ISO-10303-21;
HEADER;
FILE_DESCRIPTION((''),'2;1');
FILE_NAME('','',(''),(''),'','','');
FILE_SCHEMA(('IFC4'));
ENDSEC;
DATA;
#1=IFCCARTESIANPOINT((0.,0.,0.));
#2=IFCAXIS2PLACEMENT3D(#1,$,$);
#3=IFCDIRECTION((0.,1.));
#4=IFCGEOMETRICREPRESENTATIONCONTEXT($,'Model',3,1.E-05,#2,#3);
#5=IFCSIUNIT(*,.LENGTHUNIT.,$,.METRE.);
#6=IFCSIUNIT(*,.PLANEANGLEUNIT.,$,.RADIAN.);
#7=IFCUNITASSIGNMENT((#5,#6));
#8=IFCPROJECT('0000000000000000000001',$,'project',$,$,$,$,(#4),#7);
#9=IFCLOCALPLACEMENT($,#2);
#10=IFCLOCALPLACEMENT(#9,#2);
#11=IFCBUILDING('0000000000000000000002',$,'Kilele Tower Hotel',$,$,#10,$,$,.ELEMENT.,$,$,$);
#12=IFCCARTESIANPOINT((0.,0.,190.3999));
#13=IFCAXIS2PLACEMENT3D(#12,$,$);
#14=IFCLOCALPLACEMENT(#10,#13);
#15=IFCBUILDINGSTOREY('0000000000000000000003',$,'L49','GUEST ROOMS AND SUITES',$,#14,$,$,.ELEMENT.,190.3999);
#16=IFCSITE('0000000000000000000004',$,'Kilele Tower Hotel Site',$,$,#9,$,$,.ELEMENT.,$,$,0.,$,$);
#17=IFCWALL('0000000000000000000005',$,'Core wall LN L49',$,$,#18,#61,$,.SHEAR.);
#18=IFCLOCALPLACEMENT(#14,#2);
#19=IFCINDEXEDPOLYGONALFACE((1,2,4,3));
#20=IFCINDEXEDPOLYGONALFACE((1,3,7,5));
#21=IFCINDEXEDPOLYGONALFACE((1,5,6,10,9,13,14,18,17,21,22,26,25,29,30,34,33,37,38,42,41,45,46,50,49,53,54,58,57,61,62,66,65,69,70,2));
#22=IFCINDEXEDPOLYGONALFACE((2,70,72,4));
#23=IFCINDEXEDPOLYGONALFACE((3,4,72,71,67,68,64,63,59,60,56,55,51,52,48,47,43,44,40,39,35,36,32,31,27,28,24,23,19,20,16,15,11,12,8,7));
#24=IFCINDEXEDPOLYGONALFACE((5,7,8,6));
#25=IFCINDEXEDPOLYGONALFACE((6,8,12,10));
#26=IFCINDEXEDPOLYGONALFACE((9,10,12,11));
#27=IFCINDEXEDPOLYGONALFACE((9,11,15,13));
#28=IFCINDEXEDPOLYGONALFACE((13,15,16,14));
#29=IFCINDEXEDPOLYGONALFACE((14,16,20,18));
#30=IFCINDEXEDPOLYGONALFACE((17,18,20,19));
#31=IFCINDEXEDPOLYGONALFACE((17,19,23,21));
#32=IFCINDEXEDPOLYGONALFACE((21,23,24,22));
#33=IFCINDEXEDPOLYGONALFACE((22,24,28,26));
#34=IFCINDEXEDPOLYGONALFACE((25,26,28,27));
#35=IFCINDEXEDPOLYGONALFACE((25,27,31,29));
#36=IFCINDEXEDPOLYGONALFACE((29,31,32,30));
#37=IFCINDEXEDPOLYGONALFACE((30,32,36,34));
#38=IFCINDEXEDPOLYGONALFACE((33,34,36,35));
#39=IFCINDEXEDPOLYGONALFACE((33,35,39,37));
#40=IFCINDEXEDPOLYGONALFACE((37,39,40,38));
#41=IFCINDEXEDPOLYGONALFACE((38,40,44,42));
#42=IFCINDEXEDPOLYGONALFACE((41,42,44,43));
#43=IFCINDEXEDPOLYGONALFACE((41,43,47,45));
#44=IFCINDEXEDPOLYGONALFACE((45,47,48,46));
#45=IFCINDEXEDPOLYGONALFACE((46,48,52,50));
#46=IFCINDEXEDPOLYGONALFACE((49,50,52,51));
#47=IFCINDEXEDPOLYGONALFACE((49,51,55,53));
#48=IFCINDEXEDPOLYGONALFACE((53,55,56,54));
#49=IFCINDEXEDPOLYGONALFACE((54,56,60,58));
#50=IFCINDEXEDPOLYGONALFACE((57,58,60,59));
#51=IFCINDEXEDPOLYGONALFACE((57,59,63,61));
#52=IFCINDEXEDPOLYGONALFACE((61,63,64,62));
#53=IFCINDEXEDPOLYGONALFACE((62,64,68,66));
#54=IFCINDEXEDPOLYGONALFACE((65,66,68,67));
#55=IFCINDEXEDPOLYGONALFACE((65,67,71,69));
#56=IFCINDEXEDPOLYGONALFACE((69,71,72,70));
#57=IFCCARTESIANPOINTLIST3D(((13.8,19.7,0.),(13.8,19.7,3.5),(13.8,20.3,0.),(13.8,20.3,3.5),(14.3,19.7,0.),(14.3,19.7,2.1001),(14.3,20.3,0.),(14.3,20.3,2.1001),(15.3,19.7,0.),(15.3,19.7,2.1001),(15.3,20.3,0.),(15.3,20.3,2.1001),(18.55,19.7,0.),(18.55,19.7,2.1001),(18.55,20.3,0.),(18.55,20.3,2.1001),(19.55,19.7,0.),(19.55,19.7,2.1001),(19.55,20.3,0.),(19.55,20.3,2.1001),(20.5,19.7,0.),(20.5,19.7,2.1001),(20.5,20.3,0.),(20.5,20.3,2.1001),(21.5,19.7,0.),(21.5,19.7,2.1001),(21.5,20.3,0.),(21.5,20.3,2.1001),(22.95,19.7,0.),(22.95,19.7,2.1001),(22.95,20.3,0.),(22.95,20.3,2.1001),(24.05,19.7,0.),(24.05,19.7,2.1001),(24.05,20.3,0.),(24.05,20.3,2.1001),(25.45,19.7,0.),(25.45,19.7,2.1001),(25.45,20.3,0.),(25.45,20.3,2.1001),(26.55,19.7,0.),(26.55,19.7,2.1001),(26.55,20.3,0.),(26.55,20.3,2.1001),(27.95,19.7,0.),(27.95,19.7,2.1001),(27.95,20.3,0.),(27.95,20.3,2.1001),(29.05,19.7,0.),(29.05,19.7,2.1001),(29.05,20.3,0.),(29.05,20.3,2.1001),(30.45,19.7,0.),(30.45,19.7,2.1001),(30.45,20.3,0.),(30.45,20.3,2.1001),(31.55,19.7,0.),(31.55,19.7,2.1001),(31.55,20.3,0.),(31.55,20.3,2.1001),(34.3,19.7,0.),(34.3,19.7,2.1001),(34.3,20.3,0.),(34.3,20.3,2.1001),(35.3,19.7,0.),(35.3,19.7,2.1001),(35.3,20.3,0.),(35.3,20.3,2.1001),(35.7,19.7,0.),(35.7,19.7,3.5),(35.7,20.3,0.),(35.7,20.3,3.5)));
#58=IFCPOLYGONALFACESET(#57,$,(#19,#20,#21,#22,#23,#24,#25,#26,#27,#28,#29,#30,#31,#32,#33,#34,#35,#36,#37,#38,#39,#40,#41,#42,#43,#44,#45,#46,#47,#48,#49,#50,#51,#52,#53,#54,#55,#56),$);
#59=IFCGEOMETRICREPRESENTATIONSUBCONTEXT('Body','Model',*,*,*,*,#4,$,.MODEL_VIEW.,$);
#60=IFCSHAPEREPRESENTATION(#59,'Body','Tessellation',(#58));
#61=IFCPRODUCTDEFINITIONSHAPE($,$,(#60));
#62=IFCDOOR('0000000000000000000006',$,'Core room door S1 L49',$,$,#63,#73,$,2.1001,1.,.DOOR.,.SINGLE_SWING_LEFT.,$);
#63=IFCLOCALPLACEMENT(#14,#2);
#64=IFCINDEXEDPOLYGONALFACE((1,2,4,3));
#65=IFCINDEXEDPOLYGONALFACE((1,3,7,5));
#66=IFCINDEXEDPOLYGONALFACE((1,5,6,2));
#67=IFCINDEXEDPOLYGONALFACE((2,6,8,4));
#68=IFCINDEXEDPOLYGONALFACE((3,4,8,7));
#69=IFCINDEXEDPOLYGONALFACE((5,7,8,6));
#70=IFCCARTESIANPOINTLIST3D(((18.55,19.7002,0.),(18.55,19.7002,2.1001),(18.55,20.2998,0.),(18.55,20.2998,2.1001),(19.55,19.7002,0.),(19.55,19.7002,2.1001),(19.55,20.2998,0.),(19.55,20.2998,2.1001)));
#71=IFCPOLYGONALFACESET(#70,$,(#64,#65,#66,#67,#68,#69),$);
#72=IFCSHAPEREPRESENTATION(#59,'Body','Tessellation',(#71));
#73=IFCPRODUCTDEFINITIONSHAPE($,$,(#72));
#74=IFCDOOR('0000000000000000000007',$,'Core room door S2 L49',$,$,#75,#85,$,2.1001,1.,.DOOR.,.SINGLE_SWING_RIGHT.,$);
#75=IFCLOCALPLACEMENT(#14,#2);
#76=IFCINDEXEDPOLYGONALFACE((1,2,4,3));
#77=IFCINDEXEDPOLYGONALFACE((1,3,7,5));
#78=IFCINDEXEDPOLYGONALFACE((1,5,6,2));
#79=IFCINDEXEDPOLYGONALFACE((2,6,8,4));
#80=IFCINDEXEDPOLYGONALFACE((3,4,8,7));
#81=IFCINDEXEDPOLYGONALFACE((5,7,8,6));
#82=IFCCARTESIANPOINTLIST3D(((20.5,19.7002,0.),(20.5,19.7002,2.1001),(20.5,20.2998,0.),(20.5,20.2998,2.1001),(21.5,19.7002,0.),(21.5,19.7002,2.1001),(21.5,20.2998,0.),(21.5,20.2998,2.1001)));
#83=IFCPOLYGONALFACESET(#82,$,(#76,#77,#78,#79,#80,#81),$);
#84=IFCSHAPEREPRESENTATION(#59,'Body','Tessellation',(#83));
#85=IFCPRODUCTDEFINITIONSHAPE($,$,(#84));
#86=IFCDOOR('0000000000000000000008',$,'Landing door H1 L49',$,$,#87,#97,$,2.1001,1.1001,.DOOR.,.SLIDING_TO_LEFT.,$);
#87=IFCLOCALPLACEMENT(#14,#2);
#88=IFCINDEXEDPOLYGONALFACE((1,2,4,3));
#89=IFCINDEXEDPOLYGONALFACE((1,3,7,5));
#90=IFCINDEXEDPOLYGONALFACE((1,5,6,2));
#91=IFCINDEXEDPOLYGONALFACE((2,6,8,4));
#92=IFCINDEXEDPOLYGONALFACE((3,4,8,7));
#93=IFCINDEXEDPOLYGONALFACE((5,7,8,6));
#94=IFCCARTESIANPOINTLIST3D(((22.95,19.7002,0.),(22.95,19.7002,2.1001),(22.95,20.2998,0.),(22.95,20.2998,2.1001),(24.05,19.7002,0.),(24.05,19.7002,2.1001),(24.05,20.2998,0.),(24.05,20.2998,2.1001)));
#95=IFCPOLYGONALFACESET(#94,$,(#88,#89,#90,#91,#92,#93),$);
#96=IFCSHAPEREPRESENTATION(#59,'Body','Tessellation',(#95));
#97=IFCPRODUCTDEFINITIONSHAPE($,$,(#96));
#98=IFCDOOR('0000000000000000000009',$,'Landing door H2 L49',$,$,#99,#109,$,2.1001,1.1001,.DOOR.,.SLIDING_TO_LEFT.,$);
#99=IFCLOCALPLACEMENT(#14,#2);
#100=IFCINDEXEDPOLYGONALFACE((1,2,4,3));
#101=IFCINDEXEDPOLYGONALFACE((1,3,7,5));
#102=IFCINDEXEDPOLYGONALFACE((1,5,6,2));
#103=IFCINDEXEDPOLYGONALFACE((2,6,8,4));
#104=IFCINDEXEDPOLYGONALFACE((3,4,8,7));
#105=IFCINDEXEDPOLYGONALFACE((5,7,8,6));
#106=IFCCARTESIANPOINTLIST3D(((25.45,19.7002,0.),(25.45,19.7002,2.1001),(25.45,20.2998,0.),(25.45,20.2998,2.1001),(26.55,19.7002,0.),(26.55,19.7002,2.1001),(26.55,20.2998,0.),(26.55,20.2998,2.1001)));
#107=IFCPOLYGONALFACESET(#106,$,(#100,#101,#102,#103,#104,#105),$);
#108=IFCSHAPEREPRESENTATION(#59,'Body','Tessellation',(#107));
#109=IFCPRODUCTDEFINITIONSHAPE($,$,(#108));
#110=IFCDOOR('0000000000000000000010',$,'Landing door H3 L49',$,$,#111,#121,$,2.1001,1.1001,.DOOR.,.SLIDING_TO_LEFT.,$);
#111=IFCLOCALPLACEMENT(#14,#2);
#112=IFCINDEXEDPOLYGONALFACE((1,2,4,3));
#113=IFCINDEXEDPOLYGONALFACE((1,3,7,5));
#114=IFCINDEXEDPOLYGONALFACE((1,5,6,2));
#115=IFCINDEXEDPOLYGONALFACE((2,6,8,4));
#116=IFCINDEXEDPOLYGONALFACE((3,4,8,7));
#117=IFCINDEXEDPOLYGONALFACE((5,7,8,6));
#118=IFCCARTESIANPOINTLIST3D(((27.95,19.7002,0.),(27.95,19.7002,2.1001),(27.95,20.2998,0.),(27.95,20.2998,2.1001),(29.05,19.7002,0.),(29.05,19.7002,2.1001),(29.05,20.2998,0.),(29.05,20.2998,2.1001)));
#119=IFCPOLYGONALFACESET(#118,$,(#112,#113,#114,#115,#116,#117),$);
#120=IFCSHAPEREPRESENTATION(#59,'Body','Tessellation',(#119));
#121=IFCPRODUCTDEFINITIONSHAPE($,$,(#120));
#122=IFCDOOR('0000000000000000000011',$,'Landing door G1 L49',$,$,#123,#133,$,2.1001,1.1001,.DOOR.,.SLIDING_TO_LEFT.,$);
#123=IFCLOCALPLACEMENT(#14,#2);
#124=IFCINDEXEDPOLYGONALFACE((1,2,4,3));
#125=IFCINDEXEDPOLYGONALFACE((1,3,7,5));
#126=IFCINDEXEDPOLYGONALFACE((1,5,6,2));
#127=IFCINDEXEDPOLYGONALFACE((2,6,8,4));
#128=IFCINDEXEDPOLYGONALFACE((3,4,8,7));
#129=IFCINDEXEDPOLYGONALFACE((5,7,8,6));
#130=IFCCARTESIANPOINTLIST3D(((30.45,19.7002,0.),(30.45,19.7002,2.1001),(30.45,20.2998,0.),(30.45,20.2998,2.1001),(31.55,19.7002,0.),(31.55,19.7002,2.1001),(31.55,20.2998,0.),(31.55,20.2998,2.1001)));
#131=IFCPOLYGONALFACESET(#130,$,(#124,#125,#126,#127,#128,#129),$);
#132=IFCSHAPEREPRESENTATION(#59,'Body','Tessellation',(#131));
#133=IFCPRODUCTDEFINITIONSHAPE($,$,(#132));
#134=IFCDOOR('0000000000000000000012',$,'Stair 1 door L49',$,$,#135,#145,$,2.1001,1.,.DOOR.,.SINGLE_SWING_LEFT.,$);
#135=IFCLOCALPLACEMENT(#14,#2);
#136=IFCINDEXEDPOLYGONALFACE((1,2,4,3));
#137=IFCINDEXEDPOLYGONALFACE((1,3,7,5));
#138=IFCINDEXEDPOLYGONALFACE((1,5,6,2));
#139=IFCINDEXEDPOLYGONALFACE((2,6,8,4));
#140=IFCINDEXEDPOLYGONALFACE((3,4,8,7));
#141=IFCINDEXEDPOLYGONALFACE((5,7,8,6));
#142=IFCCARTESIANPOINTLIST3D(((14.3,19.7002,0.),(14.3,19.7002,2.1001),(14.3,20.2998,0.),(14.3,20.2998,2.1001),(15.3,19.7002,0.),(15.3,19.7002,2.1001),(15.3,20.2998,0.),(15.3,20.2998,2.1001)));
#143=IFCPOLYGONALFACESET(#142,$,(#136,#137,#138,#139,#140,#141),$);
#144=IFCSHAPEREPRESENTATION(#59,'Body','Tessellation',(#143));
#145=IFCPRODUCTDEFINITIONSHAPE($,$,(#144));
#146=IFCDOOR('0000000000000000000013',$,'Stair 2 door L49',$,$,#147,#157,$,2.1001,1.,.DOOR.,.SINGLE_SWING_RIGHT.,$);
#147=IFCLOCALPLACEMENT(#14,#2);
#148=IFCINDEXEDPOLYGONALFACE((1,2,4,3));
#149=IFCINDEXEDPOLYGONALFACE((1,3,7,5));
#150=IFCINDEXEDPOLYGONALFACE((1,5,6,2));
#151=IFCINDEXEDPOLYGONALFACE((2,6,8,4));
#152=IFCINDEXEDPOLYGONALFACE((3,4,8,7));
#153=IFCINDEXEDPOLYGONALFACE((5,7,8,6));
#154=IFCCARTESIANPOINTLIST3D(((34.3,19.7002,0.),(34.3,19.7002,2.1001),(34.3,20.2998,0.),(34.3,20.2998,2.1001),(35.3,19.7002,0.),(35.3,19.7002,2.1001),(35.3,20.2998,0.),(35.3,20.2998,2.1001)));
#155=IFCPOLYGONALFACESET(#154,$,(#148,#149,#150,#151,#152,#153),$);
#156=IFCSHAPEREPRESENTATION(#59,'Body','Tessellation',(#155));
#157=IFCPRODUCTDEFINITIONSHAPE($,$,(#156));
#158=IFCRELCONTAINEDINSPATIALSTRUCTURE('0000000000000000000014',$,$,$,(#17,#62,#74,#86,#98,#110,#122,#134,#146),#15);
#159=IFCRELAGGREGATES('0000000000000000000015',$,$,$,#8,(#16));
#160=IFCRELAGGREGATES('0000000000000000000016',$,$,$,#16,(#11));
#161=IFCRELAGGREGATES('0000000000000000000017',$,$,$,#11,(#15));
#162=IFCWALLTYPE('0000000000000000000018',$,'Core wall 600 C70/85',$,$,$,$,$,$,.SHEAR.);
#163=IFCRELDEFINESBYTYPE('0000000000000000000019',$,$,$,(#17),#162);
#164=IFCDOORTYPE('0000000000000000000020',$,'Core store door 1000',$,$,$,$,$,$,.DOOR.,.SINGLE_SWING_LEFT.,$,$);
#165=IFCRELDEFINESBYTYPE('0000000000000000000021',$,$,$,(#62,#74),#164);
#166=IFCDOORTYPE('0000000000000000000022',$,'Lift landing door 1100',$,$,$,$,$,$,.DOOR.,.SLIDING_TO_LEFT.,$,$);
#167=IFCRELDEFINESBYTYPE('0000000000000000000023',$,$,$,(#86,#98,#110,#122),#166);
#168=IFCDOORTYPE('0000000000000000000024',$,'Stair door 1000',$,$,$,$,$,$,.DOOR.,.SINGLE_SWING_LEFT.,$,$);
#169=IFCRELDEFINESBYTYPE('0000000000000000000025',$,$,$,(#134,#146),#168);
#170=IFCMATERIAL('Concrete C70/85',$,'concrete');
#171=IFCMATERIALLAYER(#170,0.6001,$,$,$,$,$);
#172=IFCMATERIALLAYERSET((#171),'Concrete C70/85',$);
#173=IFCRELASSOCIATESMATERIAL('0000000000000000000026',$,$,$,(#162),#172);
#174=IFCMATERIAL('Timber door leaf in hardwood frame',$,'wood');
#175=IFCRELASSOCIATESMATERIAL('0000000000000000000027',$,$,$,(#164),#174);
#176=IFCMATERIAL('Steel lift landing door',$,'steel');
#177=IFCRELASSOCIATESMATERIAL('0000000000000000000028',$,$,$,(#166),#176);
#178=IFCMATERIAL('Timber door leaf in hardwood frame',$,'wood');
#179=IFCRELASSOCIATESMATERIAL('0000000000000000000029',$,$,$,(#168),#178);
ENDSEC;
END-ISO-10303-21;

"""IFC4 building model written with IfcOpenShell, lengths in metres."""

from ifc_helpers import new_model, si_unit, direction, frame, frame_2d, origin, place, context, subcontext, project, spatial, rectangle, extrude, material, layer, layer_set, type_object, element, fill, save


model = new_model("IFC4")

# Units and contexts
model_context = context("Model", 3, precision=1e-05, world=origin(), true_north=direction((0.0, 1.0)))
body_context = subcontext(model_context, "Body", "Model", "MODEL_VIEW")
ifc_project = project(units=[si_unit("LENGTHUNIT", "METRE"), si_unit("PLANEANGLEUNIT", "RADIAN")], contexts=[model_context])

# Site, building, storey
site_placement = place(None, origin())
site = spatial("IfcSite", under=ifc_project, at=site_placement, Name="Kilele Tower Hotel Site", CompositionType="ELEMENT", RefElevation=0.0)
building_placement = place(site_placement, origin())
building = spatial("IfcBuilding", under=site, at=building_placement, Name="Kilele Tower Hotel", CompositionType="ELEMENT")
storey_placement = place(building_placement, frame((0.0, 0.0, 190.3999)))
storey = spatial("IfcBuildingStorey", under=building, at=storey_placement, Name="L49", Description="GUEST ROOMS AND SUITES", CompositionType="ELEMENT", Elevation=190.3999)

# Wall, openings, doors
ifc_material_1 = material(Name="Concrete C70/85", Category="concrete")
ifc_layer = layer(ifc_material_1, 0.6001)
ifc_layer_set = layer_set([ifc_layer], Name="Concrete C70/85")
wall_type = type_object("IfcWallType", Name="Core wall 600 C70/85", PredefinedType="SHEAR", material=ifc_layer_set)
ifc_material_2 = material(Name="Timber door leaf in hardwood frame", Category="wood")
door_type_1 = type_object("IfcDoorType", Name="Core store door 1000", OperationType="SINGLE_SWING_LEFT", PredefinedType="DOOR", material=ifc_material_2)
wall_1_placement = place(storey_placement, frame((13.8, 20.0, 0.0), z_axis=(0.0, 0.0, 1.0), x_axis=(1.0, 0.0, 0.0)))
wall_1 = element("IfcWall", 1, at=wall_1_placement, inside=storey, type_object=wall_type, Name="Core wall LN L49", PredefinedType="SHEAR", context=body_context, shape_type="SweptSolid", body=[
    extrude(rectangle(XDim=21.8999, YDim=0.6001, at=frame_2d((10.95, 0.0))), origin(), (0.0, 0.0, 1.0), 3.5),
])
opening_1_placement = place(wall_1_placement, frame((0.5, 0.0, 0.0)))
opening_1 = element("IfcOpeningElement", 2, at=opening_1_placement, cuts=wall_1, PredefinedType="OPENING", context=body_context, shape_type="SweptSolid", body=[
    extrude(rectangle(XDim=1.0, YDim=2.1001, at=frame_2d((0.5, 1.05))), frame((0.0, 0.3101, 0.0), z_axis=(0.0, -1.0, 0.0), x_axis=(1.0, 0.0, 0.0)), (0.0, 0.0, 1.0), 0.6201),
])
opening_2_placement = place(wall_1_placement, frame((20.5, 0.0, 0.0)))
opening_2 = element("IfcOpeningElement", 3, at=opening_2_placement, cuts=wall_1, PredefinedType="OPENING", context=body_context, shape_type="SweptSolid", body=[
    extrude(rectangle(XDim=1.0, YDim=2.1001, at=frame_2d((0.5, 1.05))), frame((0.0, 0.3101, 0.0), z_axis=(0.0, -1.0, 0.0), x_axis=(1.0, 0.0, 0.0)), (0.0, 0.0, 1.0), 0.6201),
])
opening_3_placement = place(wall_1_placement, frame((9.1499, 0.0, 0.0)))
opening_3 = element("IfcOpeningElement", 4, at=opening_3_placement, cuts=wall_1, PredefinedType="OPENING", context=body_context, shape_type="SweptSolid", body=[
    extrude(rectangle(XDim=1.1001, YDim=2.1001, at=frame_2d((0.55, 1.05))), frame((0.0, 0.3101, 0.0), z_axis=(0.0, -1.0, 0.0), x_axis=(1.0, 0.0, 0.0)), (0.0, 0.0, 1.0), 0.6201),
])
opening_4_placement = place(wall_1_placement, frame((11.6499, 0.0, 0.0)))
opening_4 = element("IfcOpeningElement", 5, at=opening_4_placement, cuts=wall_1, PredefinedType="OPENING", context=body_context, shape_type="SweptSolid", body=[
    extrude(rectangle(XDim=1.1001, YDim=2.1001, at=frame_2d((0.55, 1.05))), frame((0.0, 0.3101, 0.0), z_axis=(0.0, -1.0, 0.0), x_axis=(1.0, 0.0, 0.0)), (0.0, 0.0, 1.0), 0.6201),
])
opening_5_placement = place(wall_1_placement, frame((14.1499, 0.0, 0.0)))
opening_5 = element("IfcOpeningElement", 6, at=opening_5_placement, cuts=wall_1, PredefinedType="OPENING", context=body_context, shape_type="SweptSolid", body=[
    extrude(rectangle(XDim=1.1001, YDim=2.1001, at=frame_2d((0.55, 1.05))), frame((0.0, 0.3101, 0.0), z_axis=(0.0, -1.0, 0.0), x_axis=(1.0, 0.0, 0.0)), (0.0, 0.0, 1.0), 0.6201),
])
opening_6_placement = place(wall_1_placement, frame((16.6499, 0.0, 0.0)))
opening_6 = element("IfcOpeningElement", 7, at=opening_6_placement, cuts=wall_1, PredefinedType="OPENING", context=body_context, shape_type="SweptSolid", body=[
    extrude(rectangle(XDim=1.1001, YDim=2.1001, at=frame_2d((0.55, 1.05))), frame((0.0, 0.3101, 0.0), z_axis=(0.0, -1.0, 0.0), x_axis=(1.0, 0.0, 0.0)), (0.0, 0.0, 1.0), 0.6201),
])
opening_7_placement = place(wall_1_placement, frame((4.75, 0.0, 0.0)))
opening_7 = element("IfcOpeningElement", 8, at=opening_7_placement, cuts=wall_1, PredefinedType="OPENING", context=body_context, shape_type="SweptSolid", body=[
    extrude(rectangle(XDim=1.0, YDim=2.1001, at=frame_2d((0.5, 1.05))), frame((0.0, 0.3101, 0.0), z_axis=(0.0, -1.0, 0.0), x_axis=(1.0, 0.0, 0.0)), (0.0, 0.0, 1.0), 0.6201),
])
opening_8_placement = place(wall_1_placement, frame((6.7, 0.0, 0.0)))
opening_8 = element("IfcOpeningElement", 9, at=opening_8_placement, cuts=wall_1, PredefinedType="OPENING", context=body_context, shape_type="SweptSolid", body=[
    extrude(rectangle(XDim=1.0, YDim=2.1001, at=frame_2d((0.5, 1.05))), frame((0.0, 0.3101, 0.0), z_axis=(0.0, -1.0, 0.0), x_axis=(1.0, 0.0, 0.0)), (0.0, 0.0, 1.0), 0.6201),
])
door_1_placement = place(opening_7_placement, origin())
door_1 = element("IfcDoor", 10, at=door_1_placement, inside=storey, type_object=door_type_1, Name="Core room door S1 L49", OperationType="SINGLE_SWING_LEFT", OverallHeight=2.1001, OverallWidth=1.0, PredefinedType="DOOR", context=body_context, shape_type="SweptSolid", body=[
    extrude(rectangle(XDim=1.0, YDim=2.1001, at=frame_2d((0.5, 1.05))), frame((0.0, 0.2998, 0.0), z_axis=(0.0, -1.0, 0.0), x_axis=(1.0, 0.0, 0.0)), (0.0, 0.0, 1.0), 0.5996),
])
fill(opening_7, door_1)
door_2_placement = place(opening_8_placement, origin())
door_2 = element("IfcDoor", 11, at=door_2_placement, inside=storey, type_object=door_type_1, Name="Core room door S2 L49", OperationType="SINGLE_SWING_RIGHT", OverallHeight=2.1001, OverallWidth=1.0, PredefinedType="DOOR", context=body_context, shape_type="SweptSolid", body=[
    extrude(rectangle(XDim=1.0, YDim=2.1001, at=frame_2d((0.5, 1.05))), frame((0.0, 0.2998, 0.0), z_axis=(0.0, -1.0, 0.0), x_axis=(1.0, 0.0, 0.0)), (0.0, 0.0, 1.0), 0.5996),
])
fill(opening_8, door_2)
ifc_material_3 = material(Name="Steel lift landing door", Category="steel")
door_type_2 = type_object("IfcDoorType", Name="Lift landing door 1100", OperationType="SLIDING_TO_LEFT", PredefinedType="DOOR", material=ifc_material_3)
door_3_placement = place(opening_3_placement, origin())
door_3 = element("IfcDoor", 12, at=door_3_placement, inside=storey, type_object=door_type_2, Name="Landing door H1 L49", OperationType="SLIDING_TO_LEFT", OverallHeight=2.1001, OverallWidth=1.1001, PredefinedType="DOOR", context=body_context, shape_type="SweptSolid", body=[
    extrude(rectangle(XDim=1.1001, YDim=2.1001, at=frame_2d((0.55, 1.05))), frame((0.0, 0.2998, 0.0), z_axis=(0.0, -1.0, 0.0), x_axis=(1.0, 0.0, 0.0)), (0.0, 0.0, 1.0), 0.5996),
])
fill(opening_3, door_3)
door_4_placement = place(opening_4_placement, origin())
door_4 = element("IfcDoor", 13, at=door_4_placement, inside=storey, type_object=door_type_2, Name="Landing door H2 L49", OperationType="SLIDING_TO_LEFT", OverallHeight=2.1001, OverallWidth=1.1001, PredefinedType="DOOR", context=body_context, shape_type="SweptSolid", body=[
    extrude(rectangle(XDim=1.1001, YDim=2.1001, at=frame_2d((0.55, 1.05))), frame((0.0, 0.2998, 0.0), z_axis=(0.0, -1.0, 0.0), x_axis=(1.0, 0.0, 0.0)), (0.0, 0.0, 1.0), 0.5996),
])
fill(opening_4, door_4)
door_5_placement = place(opening_5_placement, origin())
door_5 = element("IfcDoor", 14, at=door_5_placement, inside=storey, type_object=door_type_2, Name="Landing door H3 L49", OperationType="SLIDING_TO_LEFT", OverallHeight=2.1001, OverallWidth=1.1001, PredefinedType="DOOR", context=body_context, shape_type="SweptSolid", body=[
    extrude(rectangle(XDim=1.1001, YDim=2.1001, at=frame_2d((0.55, 1.05))), frame((0.0, 0.2998, 0.0), z_axis=(0.0, -1.0, 0.0), x_axis=(1.0, 0.0, 0.0)), (0.0, 0.0, 1.0), 0.5996),
])
fill(opening_5, door_5)
door_6_placement = place(opening_6_placement, origin())
door_6 = element("IfcDoor", 15, at=door_6_placement, inside=storey, type_object=door_type_2, Name="Landing door G1 L49", OperationType="SLIDING_TO_LEFT", OverallHeight=2.1001, OverallWidth=1.1001, PredefinedType="DOOR", context=body_context, shape_type="SweptSolid", body=[
    extrude(rectangle(XDim=1.1001, YDim=2.1001, at=frame_2d((0.55, 1.05))), frame((0.0, 0.2998, 0.0), z_axis=(0.0, -1.0, 0.0), x_axis=(1.0, 0.0, 0.0)), (0.0, 0.0, 1.0), 0.5996),
])
fill(opening_6, door_6)
ifc_material_4 = material(Name="Timber door leaf in hardwood frame", Category="wood")
door_type_3 = type_object("IfcDoorType", Name="Stair door 1000", OperationType="SINGLE_SWING_LEFT", PredefinedType="DOOR", material=ifc_material_4)
door_7_placement = place(opening_1_placement, origin())
door_7 = element("IfcDoor", 16, at=door_7_placement, inside=storey, type_object=door_type_3, Name="Stair 1 door L49", OperationType="SINGLE_SWING_LEFT", OverallHeight=2.1001, OverallWidth=1.0, PredefinedType="DOOR", context=body_context, shape_type="SweptSolid", body=[
    extrude(rectangle(XDim=1.0, YDim=2.1001, at=frame_2d((0.5, 1.05))), frame((0.0, 0.2998, 0.0), z_axis=(0.0, -1.0, 0.0), x_axis=(1.0, 0.0, 0.0)), (0.0, 0.0, 1.0), 0.5996),
])
fill(opening_1, door_7)
door_8_placement = place(opening_2_placement, origin())
door_8 = element("IfcDoor", 17, at=door_8_placement, inside=storey, type_object=door_type_3, Name="Stair 2 door L49", OperationType="SINGLE_SWING_RIGHT", OverallHeight=2.1001, OverallWidth=1.0, PredefinedType="DOOR", context=body_context, shape_type="SweptSolid", body=[
    extrude(rectangle(XDim=1.0, YDim=2.1001, at=frame_2d((0.5, 1.05))), frame((0.0, 0.2998, 0.0), z_axis=(0.0, -1.0, 0.0), x_axis=(1.0, 0.0, 0.0)), (0.0, 0.0, 1.0), 0.5996),
])
fill(opening_2, door_8)

save(model, "model.ifc")
